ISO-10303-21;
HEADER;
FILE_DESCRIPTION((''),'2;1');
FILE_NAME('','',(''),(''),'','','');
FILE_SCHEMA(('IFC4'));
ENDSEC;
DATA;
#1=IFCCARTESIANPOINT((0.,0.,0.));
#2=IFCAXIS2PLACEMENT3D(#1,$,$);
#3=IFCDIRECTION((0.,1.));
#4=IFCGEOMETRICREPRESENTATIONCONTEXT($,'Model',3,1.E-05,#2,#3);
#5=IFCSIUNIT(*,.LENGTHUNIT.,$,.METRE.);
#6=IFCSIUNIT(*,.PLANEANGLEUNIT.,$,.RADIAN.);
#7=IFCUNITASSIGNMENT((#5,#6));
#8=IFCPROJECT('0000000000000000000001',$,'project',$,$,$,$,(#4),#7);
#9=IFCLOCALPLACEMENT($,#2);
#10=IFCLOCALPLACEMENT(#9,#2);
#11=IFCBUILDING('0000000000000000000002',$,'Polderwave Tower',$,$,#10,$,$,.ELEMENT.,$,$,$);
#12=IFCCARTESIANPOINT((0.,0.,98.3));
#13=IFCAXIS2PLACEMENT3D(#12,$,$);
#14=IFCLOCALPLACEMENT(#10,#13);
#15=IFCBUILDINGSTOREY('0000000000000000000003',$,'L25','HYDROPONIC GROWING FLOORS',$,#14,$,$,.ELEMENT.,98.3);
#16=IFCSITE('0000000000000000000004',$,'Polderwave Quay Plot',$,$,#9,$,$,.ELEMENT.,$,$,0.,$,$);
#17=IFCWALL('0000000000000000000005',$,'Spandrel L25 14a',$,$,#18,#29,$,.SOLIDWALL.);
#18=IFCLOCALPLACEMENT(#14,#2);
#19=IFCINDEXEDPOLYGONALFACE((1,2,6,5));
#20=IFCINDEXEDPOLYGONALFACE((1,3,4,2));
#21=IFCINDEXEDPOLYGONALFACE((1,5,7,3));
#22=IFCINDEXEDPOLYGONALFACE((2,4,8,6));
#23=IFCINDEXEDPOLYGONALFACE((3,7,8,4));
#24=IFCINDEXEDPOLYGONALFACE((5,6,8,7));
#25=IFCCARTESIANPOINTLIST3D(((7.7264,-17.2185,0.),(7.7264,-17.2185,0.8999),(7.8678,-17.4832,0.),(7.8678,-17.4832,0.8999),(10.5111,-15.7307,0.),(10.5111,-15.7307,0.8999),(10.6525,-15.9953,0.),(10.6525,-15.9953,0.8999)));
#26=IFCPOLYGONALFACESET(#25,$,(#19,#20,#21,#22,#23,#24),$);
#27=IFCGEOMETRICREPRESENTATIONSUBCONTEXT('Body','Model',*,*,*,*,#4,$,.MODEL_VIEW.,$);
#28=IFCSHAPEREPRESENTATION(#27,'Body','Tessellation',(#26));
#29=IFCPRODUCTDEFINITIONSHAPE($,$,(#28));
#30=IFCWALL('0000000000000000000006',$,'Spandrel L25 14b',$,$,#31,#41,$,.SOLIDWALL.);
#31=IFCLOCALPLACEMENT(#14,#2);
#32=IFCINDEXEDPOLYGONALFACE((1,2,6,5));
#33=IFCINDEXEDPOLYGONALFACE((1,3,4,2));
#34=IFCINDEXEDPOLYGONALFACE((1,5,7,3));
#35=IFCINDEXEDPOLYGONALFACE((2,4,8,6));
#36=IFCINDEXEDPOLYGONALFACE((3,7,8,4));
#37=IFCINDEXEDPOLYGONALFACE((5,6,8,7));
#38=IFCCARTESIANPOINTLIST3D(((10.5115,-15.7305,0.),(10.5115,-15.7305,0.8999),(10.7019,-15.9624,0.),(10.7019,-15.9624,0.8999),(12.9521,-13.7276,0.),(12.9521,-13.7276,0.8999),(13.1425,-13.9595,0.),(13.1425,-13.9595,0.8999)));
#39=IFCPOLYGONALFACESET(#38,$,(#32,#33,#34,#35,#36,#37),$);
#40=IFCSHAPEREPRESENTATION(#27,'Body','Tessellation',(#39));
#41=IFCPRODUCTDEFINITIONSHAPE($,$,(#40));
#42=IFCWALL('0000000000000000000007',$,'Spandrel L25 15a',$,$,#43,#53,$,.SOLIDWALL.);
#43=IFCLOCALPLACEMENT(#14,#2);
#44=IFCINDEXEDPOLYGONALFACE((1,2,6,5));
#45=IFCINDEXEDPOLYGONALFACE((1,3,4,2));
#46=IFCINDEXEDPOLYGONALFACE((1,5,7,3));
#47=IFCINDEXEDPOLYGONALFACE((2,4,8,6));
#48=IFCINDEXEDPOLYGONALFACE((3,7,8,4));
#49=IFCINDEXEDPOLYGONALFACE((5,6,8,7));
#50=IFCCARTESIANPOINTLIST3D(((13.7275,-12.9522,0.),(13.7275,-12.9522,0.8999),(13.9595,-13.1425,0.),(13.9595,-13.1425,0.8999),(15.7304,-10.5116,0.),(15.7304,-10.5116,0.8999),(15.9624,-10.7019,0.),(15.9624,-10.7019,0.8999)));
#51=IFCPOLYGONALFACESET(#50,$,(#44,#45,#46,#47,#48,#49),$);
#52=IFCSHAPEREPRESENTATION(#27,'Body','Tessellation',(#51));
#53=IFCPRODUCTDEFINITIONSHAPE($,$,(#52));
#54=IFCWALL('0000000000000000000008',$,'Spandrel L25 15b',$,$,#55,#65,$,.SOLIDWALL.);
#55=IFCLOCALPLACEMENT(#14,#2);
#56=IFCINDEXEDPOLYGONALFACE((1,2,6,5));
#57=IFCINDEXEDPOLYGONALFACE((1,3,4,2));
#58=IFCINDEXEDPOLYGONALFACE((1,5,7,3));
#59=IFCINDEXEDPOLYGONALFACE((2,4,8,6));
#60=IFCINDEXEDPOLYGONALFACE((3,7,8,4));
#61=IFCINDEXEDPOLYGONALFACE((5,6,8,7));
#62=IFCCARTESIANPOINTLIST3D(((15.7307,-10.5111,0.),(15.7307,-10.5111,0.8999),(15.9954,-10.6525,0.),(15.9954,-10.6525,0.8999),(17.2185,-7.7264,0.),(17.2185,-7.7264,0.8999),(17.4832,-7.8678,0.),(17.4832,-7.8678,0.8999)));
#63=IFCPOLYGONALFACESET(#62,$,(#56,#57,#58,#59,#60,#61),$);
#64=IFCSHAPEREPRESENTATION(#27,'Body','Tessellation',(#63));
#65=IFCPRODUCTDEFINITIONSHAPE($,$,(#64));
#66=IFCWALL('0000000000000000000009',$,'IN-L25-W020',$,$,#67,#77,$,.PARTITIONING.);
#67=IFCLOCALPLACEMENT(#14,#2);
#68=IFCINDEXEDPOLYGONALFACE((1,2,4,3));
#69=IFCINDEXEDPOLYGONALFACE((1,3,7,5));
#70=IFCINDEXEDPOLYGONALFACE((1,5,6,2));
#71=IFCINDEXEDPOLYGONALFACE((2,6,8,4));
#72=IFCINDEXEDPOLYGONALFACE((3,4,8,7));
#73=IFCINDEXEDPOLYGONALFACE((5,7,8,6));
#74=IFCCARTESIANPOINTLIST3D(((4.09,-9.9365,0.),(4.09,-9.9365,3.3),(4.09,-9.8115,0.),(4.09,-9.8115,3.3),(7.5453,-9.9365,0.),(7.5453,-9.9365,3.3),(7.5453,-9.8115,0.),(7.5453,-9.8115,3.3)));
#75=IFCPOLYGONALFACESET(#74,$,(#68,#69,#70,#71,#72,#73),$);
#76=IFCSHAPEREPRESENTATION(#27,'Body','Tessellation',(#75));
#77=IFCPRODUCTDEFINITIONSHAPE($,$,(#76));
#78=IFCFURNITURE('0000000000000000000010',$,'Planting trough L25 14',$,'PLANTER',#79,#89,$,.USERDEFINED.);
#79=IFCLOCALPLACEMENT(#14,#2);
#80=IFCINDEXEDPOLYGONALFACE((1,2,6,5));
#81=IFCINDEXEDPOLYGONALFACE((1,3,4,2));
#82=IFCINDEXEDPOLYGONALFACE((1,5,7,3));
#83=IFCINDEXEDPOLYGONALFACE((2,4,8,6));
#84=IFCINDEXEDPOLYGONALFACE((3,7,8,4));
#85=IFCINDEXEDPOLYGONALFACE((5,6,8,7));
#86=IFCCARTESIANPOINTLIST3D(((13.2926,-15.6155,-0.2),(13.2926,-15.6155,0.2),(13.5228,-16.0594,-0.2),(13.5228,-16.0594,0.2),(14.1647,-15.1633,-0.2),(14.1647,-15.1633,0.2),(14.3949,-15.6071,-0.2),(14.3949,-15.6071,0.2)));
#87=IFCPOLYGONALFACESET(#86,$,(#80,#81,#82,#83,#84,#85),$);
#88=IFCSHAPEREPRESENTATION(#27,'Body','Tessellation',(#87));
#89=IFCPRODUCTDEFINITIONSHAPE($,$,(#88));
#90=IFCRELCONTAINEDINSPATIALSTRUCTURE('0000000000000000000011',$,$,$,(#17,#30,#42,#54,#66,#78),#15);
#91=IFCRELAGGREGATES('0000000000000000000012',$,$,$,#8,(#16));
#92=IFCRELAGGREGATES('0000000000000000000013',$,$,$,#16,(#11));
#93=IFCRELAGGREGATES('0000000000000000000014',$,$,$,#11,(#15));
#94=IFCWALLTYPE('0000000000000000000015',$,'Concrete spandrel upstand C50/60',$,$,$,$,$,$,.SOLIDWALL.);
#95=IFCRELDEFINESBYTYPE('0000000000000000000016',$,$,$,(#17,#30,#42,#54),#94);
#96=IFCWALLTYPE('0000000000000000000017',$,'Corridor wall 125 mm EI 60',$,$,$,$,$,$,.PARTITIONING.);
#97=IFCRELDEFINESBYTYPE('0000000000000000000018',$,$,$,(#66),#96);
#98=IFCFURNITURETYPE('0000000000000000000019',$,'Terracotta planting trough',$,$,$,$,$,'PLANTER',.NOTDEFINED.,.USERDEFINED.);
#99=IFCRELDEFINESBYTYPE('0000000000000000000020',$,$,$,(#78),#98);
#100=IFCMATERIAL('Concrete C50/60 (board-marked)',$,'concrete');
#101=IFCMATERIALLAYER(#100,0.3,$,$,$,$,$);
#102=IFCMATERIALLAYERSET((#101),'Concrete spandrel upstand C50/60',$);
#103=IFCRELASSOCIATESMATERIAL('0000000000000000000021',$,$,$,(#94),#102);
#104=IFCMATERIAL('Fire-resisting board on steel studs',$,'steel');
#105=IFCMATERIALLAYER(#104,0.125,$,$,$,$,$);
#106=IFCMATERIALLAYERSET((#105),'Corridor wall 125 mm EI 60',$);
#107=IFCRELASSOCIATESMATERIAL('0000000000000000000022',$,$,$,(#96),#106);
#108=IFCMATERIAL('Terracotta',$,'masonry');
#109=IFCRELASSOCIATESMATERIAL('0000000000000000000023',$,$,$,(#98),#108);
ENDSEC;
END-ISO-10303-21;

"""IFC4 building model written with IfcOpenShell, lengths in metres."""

from ifc_helpers import new_model, si_unit, direction, frame, frame_2d, origin, origin_2d, place, context, subcontext, project, spatial, rectangle, extrude, material, layer, layer_set, type_object, element, save


model = new_model("IFC4")

# Units and contexts
model_context = context("Model", 3, precision=1e-05, world=origin(), true_north=direction((0.0, 1.0)))
body_context = subcontext(model_context, "Body", "Model", "MODEL_VIEW")
ifc_project = project(units=[si_unit("LENGTHUNIT", "METRE"), si_unit("PLANEANGLEUNIT", "RADIAN")], contexts=[model_context])

# Site, building, storey
site_placement = place(None, origin())
site = spatial("IfcSite", under=ifc_project, at=site_placement, Name="Polderwave Quay Plot", CompositionType="ELEMENT", RefElevation=0.0)
building_placement = place(site_placement, origin())
building = spatial("IfcBuilding", under=site, at=building_placement, Name="Polderwave Tower", CompositionType="ELEMENT")
storey_placement = place(building_placement, frame((0.0, 0.0, 98.3)))
storey = spatial("IfcBuildingStorey", under=building, at=storey_placement, Name="L25", Description="HYDROPONIC GROWING FLOORS", CompositionType="ELEMENT", Elevation=98.3)

# Walls
ifc_material_1 = material(Name="Concrete C50/60 (board-marked)", Category="concrete")
ifc_layer_1 = layer(ifc_material_1, 0.3)
ifc_layer_set_1 = layer_set([ifc_layer_1], Name="Concrete spandrel upstand C50/60")
wall_type_1 = type_object("IfcWallType", Name="Concrete spandrel upstand C50/60", PredefinedType="SOLIDWALL", material=ifc_layer_set_1)
for number, where, z_axis, x_axis, name in (
    (1, (7.7971, -17.3508, 0.0), (0.0, 0.0, 1.0), (0.882006, 0.471238, 0.0), "Spandrel L25 14a"),
    (2, (10.6067, -15.8464, 0.0), (0.0, 0.0, 1.0), (0.773023, 0.634378, 0.0), "Spandrel L25 14b"),
    (3, (13.8435, -13.0474, 0.0), (0.0, 0.0, 1.0), (0.634378, 0.773023, 0.0), "Spandrel L25 15a"),
    (4, (15.863, -10.5818, 0.0), (0.0, 0.0, 1.0), (0.471238, 0.882006, 0.0), "Spandrel L25 15b"),
):
    element("IfcWall", number, at=place(storey_placement, frame(where, z_axis=z_axis, x_axis=x_axis)), inside=storey, type_object=wall_type_1, Name=name, PredefinedType="SOLIDWALL", context=body_context, shape_type="SweptSolid", body=[
        extrude(rectangle(XDim=3.1572, YDim=0.3, at=frame_2d((1.5786, 0.0))), origin(), (0.0, 0.0, 1.0), 0.8999),
    ])
ifc_material_2 = material(Name="Fire-resisting board on steel studs", Category="steel")
ifc_layer_2 = layer(ifc_material_2, 0.125)
ifc_layer_set_2 = layer_set([ifc_layer_2], Name="Corridor wall 125 mm EI 60")
wall_type_2 = type_object("IfcWallType", Name="Corridor wall 125 mm EI 60", PredefinedType="PARTITIONING", material=ifc_layer_set_2)
wall_placement = place(storey_placement, frame((7.5452, -9.874, 0.0), z_axis=(0.0, 0.0, 1.0), x_axis=(-1.0, 0.0, 0.0)))
element("IfcWall", 5, at=wall_placement, inside=storey, type_object=wall_type_2, Name="IN-L25-W020", PredefinedType="PARTITIONING", context=body_context, shape_type="SweptSolid", body=[
    extrude(rectangle(XDim=3.4553, YDim=0.125, at=frame_2d((1.7275, 0.0))), origin(), (0.0, 0.0, 1.0), 3.3),
])

# Furniture
ifc_material_3 = material(Name="Terracotta", Category="masonry")
furniture_type = type_object("IfcFurnitureType", Name="Terracotta planting trough", ElementType="PLANTER", AssemblyPlace="NOTDEFINED", PredefinedType="USERDEFINED", material=ifc_material_3)
furniture_placement = place(storey_placement, frame((13.8438, -15.6113, -0.2), z_axis=(0.0, 0.0, 1.0), x_axis=(0.887744, 0.460338, 0.0)))
element("IfcFurniture", 6, at=furniture_placement, inside=storey, type_object=furniture_type, Name="Planting trough L25 14", ObjectType="PLANTER", PredefinedType="USERDEFINED", context=body_context, shape_type="SweptSolid", body=[
    extrude(rectangle(XDim=0.9824, YDim=0.5, at=origin_2d()), origin(), (0.0, 0.0, 1.0), 0.3999),
])

save(model, "model.ifc")
